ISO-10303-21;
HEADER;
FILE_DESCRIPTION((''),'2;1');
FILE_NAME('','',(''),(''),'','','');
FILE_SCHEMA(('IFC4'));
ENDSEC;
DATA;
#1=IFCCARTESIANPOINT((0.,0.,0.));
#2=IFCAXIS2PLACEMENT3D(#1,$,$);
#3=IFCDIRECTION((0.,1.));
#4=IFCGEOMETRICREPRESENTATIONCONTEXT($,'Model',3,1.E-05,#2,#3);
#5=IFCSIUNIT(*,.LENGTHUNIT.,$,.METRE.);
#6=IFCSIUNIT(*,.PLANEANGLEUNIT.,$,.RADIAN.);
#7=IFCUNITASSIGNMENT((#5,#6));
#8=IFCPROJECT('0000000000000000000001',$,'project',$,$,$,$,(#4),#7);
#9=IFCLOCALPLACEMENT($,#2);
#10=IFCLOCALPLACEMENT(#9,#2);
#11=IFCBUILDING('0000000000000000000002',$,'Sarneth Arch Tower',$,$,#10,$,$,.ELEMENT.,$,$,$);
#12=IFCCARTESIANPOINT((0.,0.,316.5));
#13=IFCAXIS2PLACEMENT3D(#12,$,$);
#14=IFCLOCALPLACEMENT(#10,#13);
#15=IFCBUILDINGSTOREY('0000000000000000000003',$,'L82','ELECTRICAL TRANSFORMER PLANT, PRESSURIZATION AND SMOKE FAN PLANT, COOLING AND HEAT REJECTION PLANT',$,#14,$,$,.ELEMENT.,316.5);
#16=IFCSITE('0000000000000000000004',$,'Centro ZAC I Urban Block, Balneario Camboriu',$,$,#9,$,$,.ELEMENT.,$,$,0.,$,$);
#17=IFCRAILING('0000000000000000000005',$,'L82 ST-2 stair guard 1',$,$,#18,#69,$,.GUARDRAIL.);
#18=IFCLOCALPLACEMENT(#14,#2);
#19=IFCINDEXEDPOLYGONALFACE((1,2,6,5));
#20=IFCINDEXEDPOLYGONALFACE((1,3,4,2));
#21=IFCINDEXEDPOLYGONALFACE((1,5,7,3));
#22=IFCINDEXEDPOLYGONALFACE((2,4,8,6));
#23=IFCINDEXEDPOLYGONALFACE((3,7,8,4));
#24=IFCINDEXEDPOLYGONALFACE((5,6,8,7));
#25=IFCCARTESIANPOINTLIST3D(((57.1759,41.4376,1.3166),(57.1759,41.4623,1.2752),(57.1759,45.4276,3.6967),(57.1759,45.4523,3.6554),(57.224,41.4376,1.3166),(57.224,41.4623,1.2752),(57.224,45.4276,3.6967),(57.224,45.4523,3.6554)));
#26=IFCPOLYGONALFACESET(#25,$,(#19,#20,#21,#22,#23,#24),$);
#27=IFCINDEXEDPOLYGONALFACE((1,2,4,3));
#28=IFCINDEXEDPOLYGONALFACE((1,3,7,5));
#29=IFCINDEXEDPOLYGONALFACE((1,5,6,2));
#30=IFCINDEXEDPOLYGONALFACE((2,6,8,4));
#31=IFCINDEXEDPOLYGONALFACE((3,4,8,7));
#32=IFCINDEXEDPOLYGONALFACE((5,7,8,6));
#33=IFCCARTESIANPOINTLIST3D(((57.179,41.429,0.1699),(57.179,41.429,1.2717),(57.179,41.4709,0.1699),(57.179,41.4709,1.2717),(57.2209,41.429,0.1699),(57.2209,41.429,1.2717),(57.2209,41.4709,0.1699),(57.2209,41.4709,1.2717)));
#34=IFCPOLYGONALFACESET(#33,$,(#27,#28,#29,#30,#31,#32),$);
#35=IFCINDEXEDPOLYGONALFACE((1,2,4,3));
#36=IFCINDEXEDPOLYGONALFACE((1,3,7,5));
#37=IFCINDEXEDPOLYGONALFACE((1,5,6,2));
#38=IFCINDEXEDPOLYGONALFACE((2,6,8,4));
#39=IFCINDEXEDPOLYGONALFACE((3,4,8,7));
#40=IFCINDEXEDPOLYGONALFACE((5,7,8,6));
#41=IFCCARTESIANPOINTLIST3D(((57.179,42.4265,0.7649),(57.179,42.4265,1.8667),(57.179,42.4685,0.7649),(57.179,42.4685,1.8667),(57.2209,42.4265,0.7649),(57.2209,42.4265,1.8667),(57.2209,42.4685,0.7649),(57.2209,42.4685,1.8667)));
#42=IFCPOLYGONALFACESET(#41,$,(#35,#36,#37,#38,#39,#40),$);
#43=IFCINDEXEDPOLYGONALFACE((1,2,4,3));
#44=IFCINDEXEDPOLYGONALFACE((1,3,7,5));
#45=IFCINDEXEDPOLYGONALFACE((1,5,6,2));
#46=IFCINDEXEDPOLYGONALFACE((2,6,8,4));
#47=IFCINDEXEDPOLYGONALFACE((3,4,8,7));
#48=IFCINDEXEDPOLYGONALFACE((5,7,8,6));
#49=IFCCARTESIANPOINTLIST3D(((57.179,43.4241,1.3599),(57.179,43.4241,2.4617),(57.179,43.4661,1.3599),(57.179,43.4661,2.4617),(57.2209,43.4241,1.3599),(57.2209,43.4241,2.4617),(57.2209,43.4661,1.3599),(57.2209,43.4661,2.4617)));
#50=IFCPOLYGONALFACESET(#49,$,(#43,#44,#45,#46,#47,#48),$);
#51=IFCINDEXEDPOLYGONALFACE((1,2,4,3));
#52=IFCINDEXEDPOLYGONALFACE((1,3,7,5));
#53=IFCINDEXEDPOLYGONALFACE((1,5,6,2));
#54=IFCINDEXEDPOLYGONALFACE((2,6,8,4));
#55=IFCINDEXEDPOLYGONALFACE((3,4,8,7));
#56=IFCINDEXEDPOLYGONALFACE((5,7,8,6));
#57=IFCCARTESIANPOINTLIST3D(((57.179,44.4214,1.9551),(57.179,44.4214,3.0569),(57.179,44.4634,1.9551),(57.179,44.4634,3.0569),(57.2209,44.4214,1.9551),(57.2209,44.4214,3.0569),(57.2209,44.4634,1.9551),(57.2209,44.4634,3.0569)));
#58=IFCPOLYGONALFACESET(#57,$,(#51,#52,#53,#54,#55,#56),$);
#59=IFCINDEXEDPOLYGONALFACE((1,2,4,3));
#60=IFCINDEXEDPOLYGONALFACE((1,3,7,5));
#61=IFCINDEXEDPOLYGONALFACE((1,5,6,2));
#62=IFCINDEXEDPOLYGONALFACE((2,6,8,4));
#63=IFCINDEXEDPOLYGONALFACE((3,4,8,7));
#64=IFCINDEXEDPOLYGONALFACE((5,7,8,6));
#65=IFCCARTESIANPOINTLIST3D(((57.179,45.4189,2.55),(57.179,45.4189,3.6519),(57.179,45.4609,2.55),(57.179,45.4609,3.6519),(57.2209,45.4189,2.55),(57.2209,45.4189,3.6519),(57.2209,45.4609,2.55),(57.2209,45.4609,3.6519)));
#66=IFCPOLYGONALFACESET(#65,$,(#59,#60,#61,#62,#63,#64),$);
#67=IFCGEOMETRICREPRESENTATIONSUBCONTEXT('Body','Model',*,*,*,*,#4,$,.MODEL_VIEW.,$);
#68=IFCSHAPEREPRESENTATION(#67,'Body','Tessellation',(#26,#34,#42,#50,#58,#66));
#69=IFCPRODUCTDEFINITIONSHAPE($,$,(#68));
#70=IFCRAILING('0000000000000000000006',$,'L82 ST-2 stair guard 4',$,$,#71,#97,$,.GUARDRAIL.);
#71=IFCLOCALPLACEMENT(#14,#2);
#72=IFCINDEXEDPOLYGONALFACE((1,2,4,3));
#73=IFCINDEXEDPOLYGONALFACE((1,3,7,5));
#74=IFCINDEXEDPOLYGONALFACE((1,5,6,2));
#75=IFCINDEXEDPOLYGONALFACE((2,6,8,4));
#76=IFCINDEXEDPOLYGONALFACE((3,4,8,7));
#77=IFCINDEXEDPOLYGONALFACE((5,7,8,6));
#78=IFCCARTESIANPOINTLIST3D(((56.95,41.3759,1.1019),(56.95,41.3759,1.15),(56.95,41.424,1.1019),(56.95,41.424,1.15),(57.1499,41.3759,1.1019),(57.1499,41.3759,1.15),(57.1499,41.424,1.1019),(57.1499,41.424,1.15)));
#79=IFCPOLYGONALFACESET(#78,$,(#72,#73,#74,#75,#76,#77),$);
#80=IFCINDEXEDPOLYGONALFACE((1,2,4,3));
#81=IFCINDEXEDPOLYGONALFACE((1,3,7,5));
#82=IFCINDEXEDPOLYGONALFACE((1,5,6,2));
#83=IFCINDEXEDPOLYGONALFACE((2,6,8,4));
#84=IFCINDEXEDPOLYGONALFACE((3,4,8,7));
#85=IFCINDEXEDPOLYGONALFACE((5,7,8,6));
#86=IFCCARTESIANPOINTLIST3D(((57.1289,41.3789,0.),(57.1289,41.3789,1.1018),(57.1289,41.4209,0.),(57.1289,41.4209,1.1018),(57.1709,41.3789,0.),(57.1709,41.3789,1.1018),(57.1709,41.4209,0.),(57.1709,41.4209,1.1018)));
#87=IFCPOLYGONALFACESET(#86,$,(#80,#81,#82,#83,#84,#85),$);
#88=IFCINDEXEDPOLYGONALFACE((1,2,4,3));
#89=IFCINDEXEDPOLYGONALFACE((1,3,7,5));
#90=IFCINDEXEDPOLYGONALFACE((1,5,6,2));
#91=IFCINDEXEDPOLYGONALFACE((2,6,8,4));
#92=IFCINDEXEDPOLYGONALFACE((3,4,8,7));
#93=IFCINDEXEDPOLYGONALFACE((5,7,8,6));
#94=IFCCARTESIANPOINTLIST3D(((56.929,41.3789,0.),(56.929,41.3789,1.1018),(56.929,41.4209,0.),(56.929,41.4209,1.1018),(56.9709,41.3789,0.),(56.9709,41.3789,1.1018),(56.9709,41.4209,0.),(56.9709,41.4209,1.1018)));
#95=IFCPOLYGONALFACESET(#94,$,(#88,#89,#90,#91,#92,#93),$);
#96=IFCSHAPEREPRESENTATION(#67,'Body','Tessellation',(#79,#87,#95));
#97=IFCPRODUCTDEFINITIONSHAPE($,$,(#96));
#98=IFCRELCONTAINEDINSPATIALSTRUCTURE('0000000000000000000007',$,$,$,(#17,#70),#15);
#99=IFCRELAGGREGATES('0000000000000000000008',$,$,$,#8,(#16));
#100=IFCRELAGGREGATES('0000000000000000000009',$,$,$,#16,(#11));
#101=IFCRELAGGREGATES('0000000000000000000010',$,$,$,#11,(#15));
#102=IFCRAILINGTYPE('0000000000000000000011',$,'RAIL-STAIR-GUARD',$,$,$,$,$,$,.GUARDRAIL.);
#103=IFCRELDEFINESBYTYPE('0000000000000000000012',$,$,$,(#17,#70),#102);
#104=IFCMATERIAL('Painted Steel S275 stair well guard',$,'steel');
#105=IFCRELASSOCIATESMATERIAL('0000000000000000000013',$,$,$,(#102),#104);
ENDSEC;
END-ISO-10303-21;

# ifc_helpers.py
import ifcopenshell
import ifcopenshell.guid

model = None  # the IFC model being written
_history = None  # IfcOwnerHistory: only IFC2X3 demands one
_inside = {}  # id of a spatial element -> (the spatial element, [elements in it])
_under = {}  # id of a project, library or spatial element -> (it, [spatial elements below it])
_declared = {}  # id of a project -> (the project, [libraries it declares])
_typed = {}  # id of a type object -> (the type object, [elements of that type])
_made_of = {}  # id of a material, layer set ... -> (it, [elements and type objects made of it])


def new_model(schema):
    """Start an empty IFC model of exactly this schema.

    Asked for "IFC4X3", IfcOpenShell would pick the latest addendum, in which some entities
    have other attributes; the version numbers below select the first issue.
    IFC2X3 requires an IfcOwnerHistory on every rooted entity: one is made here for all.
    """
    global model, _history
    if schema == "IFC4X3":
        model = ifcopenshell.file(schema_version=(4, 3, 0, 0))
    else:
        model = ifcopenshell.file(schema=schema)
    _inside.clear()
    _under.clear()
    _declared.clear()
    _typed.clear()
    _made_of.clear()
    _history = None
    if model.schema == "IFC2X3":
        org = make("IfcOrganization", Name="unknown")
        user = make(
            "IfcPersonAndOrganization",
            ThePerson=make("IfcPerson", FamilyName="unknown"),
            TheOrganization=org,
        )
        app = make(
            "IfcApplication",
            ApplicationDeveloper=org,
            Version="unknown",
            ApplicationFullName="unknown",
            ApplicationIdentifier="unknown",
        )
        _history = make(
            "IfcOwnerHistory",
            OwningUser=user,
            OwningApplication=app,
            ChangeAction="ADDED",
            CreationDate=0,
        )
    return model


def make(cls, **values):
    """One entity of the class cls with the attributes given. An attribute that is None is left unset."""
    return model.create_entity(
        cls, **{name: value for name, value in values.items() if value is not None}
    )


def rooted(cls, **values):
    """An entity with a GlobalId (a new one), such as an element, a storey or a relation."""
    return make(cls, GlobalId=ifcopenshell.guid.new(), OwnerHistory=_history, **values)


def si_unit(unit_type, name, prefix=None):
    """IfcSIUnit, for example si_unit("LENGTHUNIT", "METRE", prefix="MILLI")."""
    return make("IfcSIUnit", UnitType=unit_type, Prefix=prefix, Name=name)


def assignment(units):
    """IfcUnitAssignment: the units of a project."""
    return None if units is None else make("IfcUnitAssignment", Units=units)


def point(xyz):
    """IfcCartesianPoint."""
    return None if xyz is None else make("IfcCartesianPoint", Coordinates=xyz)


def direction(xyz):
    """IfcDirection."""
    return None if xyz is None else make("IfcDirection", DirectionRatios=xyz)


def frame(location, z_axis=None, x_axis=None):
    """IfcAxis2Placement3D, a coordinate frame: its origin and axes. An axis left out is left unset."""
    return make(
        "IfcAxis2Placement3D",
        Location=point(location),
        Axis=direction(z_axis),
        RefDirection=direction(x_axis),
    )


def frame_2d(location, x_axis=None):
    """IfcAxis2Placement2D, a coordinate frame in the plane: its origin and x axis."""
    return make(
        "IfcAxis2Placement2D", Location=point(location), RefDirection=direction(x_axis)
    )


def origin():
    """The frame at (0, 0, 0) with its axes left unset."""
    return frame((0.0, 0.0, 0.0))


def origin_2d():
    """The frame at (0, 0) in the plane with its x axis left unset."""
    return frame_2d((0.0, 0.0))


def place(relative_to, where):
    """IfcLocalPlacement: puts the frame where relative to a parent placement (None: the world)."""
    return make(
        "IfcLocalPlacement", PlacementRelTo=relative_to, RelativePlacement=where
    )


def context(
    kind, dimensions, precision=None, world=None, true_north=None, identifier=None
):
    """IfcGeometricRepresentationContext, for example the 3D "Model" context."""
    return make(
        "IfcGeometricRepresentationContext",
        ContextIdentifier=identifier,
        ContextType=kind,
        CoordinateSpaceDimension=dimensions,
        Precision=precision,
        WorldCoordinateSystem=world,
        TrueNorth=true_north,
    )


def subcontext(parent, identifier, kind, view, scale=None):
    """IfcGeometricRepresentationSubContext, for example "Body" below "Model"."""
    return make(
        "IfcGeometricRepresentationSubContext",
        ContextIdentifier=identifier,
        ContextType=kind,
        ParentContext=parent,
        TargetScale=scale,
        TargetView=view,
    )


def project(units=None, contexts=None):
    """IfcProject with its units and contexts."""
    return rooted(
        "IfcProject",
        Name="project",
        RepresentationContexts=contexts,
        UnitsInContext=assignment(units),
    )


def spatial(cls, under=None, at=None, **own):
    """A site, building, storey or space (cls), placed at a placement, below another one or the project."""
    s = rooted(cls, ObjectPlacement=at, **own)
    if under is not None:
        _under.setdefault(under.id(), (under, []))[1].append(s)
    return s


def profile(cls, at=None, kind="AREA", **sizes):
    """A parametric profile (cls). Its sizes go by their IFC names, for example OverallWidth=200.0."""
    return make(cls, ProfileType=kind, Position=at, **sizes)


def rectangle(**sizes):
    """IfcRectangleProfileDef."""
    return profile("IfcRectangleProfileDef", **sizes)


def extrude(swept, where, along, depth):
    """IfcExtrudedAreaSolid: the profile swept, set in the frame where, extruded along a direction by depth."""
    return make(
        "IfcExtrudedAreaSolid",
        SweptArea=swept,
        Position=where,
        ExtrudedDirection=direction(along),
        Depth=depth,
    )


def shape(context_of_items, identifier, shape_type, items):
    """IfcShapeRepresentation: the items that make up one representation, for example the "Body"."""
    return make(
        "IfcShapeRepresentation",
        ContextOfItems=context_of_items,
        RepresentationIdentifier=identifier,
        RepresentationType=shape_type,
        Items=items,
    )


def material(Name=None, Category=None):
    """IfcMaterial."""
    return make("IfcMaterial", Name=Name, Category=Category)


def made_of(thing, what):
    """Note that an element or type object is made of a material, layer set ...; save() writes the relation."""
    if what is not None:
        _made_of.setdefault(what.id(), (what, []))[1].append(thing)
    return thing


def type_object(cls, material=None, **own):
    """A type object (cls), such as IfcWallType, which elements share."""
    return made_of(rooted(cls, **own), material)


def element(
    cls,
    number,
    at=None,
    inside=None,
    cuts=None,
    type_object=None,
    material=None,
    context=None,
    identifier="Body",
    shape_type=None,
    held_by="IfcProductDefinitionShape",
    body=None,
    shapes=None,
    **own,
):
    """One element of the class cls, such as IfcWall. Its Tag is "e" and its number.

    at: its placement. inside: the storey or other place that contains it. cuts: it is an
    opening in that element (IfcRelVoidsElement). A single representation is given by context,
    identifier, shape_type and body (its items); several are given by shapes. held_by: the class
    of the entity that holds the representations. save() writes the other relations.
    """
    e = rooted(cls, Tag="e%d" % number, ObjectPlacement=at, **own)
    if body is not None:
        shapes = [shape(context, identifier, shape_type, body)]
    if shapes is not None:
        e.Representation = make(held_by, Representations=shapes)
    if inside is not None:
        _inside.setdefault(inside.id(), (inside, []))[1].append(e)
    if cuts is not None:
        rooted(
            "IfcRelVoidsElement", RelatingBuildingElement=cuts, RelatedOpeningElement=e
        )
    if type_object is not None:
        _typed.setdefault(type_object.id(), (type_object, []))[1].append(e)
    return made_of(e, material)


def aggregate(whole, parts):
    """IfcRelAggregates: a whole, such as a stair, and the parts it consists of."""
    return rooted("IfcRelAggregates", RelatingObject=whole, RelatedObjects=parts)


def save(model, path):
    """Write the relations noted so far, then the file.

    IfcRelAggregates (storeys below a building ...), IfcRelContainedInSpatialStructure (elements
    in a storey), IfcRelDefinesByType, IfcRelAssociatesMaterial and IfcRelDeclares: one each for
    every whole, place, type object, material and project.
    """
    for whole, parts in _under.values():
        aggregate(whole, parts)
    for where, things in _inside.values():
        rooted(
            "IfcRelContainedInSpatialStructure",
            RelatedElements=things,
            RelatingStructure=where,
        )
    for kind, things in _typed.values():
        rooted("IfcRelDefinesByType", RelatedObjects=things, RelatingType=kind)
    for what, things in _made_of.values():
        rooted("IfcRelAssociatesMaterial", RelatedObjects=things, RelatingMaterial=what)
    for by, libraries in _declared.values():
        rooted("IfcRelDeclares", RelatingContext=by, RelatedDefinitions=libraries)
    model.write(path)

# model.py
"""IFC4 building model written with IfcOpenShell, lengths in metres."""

from ifc_helpers import new_model, si_unit, direction, frame, origin, origin_2d, place, context, subcontext, project, spatial, rectangle, extrude, material, type_object, element, save


model = new_model("IFC4")

# Units and contexts
model_context = context("Model", 3, precision=1e-05, world=origin(), true_north=direction((0.0, 1.0)))
body_context = subcontext(model_context, "Body", "Model", "MODEL_VIEW")
ifc_project = project(units=[si_unit("LENGTHUNIT", "METRE"), si_unit("PLANEANGLEUNIT", "RADIAN")], contexts=[model_context])

# Site, building, storey
site_placement = place(None, origin())
site = spatial("IfcSite", under=ifc_project, at=site_placement, Name="Centro ZAC I Urban Block, Balneario Camboriu", CompositionType="ELEMENT", RefElevation=0.0)
building_placement = place(site_placement, origin())
building = spatial("IfcBuilding", under=site, at=building_placement, Name="Sarneth Arch Tower", CompositionType="ELEMENT")
storey_placement = place(building_placement, frame((0.0, 0.0, 316.5)))
storey = spatial("IfcBuildingStorey", under=building, at=storey_placement, Name="L82", Description="ELECTRICAL TRANSFORMER PLANT, PRESSURIZATION AND SMOKE FAN PLANT, COOLING AND HEAT REJECTION PLANT", CompositionType="ELEMENT", Elevation=316.5)

# Railings
ifc_material_1 = material(Name="Painted Steel S275 stair well guard", Category="steel")
railing_type = type_object("IfcRailingType", Name="RAIL-STAIR-GUARD", PredefinedType="GUARDRAIL", material=ifc_material_1)
railing_1_placement = place(storey_placement, frame((57.2, 41.45, 0.1699)))
element("IfcRailing", 1, at=railing_1_placement, inside=storey, type_object=railing_type, Name="L82 ST-2 stair guard 1", PredefinedType="GUARDRAIL", context=body_context, shape_type="SweptSolid", body=[
    extrude(rectangle(XDim=0.0481, YDim=0.0481, at=origin_2d()), frame((0.0, 0.0, 1.126), z_axis=(0.0, 0.858807, 0.512299), x_axis=(-1.0, 0.0, 0.0)), (0.0, 0.0, 1.0), 4.646),
    extrude(rectangle(XDim=0.042, YDim=0.042, at=origin_2d()), origin(), (0.0, 0.0, 1.0), 1.1018),
    extrude(rectangle(XDim=0.042, YDim=0.042, at=origin_2d()), frame((0.0, 0.9976, 0.595)), (0.0, 0.0, 1.0), 1.1018),
    extrude(rectangle(XDim=0.042, YDim=0.042, at=origin_2d()), frame((0.0, 1.9951, 1.1899)), (0.0, 0.0, 1.0), 1.1018),
    extrude(rectangle(XDim=0.042, YDim=0.042, at=origin_2d()), frame((0.0, 2.9924, 1.7852)), (0.0, 0.0, 1.0), 1.1018),
    extrude(rectangle(XDim=0.042, YDim=0.042, at=origin_2d()), frame((0.0, 3.99, 2.3801)), (0.0, 0.0, 1.0), 1.1018),
])
railing_2_placement = place(storey_placement, frame((57.1499, 41.3999, 0.0)))
element("IfcRailing", 2, at=railing_2_placement, inside=storey, type_object=railing_type, Name="L82 ST-2 stair guard 4", PredefinedType="GUARDRAIL", context=body_context, shape_type="SweptSolid", body=[
    extrude(rectangle(XDim=0.0481, YDim=0.0481, at=origin_2d()), frame((0.0, 0.0, 1.126), z_axis=(-1.0, 0.0, 0.0), x_axis=(0.0, -1.0, 0.0)), (0.0, 0.0, 1.0), 0.2),
    extrude(rectangle(XDim=0.042, YDim=0.042, at=origin_2d()), origin(), (0.0, 0.0, 1.0), 1.1018),
    extrude(rectangle(XDim=0.042, YDim=0.042, at=origin_2d()), frame((-0.2, 0.0, 0.0)), (0.0, 0.0, 1.0), 1.1018),
])

save(model, "model.ifc")
